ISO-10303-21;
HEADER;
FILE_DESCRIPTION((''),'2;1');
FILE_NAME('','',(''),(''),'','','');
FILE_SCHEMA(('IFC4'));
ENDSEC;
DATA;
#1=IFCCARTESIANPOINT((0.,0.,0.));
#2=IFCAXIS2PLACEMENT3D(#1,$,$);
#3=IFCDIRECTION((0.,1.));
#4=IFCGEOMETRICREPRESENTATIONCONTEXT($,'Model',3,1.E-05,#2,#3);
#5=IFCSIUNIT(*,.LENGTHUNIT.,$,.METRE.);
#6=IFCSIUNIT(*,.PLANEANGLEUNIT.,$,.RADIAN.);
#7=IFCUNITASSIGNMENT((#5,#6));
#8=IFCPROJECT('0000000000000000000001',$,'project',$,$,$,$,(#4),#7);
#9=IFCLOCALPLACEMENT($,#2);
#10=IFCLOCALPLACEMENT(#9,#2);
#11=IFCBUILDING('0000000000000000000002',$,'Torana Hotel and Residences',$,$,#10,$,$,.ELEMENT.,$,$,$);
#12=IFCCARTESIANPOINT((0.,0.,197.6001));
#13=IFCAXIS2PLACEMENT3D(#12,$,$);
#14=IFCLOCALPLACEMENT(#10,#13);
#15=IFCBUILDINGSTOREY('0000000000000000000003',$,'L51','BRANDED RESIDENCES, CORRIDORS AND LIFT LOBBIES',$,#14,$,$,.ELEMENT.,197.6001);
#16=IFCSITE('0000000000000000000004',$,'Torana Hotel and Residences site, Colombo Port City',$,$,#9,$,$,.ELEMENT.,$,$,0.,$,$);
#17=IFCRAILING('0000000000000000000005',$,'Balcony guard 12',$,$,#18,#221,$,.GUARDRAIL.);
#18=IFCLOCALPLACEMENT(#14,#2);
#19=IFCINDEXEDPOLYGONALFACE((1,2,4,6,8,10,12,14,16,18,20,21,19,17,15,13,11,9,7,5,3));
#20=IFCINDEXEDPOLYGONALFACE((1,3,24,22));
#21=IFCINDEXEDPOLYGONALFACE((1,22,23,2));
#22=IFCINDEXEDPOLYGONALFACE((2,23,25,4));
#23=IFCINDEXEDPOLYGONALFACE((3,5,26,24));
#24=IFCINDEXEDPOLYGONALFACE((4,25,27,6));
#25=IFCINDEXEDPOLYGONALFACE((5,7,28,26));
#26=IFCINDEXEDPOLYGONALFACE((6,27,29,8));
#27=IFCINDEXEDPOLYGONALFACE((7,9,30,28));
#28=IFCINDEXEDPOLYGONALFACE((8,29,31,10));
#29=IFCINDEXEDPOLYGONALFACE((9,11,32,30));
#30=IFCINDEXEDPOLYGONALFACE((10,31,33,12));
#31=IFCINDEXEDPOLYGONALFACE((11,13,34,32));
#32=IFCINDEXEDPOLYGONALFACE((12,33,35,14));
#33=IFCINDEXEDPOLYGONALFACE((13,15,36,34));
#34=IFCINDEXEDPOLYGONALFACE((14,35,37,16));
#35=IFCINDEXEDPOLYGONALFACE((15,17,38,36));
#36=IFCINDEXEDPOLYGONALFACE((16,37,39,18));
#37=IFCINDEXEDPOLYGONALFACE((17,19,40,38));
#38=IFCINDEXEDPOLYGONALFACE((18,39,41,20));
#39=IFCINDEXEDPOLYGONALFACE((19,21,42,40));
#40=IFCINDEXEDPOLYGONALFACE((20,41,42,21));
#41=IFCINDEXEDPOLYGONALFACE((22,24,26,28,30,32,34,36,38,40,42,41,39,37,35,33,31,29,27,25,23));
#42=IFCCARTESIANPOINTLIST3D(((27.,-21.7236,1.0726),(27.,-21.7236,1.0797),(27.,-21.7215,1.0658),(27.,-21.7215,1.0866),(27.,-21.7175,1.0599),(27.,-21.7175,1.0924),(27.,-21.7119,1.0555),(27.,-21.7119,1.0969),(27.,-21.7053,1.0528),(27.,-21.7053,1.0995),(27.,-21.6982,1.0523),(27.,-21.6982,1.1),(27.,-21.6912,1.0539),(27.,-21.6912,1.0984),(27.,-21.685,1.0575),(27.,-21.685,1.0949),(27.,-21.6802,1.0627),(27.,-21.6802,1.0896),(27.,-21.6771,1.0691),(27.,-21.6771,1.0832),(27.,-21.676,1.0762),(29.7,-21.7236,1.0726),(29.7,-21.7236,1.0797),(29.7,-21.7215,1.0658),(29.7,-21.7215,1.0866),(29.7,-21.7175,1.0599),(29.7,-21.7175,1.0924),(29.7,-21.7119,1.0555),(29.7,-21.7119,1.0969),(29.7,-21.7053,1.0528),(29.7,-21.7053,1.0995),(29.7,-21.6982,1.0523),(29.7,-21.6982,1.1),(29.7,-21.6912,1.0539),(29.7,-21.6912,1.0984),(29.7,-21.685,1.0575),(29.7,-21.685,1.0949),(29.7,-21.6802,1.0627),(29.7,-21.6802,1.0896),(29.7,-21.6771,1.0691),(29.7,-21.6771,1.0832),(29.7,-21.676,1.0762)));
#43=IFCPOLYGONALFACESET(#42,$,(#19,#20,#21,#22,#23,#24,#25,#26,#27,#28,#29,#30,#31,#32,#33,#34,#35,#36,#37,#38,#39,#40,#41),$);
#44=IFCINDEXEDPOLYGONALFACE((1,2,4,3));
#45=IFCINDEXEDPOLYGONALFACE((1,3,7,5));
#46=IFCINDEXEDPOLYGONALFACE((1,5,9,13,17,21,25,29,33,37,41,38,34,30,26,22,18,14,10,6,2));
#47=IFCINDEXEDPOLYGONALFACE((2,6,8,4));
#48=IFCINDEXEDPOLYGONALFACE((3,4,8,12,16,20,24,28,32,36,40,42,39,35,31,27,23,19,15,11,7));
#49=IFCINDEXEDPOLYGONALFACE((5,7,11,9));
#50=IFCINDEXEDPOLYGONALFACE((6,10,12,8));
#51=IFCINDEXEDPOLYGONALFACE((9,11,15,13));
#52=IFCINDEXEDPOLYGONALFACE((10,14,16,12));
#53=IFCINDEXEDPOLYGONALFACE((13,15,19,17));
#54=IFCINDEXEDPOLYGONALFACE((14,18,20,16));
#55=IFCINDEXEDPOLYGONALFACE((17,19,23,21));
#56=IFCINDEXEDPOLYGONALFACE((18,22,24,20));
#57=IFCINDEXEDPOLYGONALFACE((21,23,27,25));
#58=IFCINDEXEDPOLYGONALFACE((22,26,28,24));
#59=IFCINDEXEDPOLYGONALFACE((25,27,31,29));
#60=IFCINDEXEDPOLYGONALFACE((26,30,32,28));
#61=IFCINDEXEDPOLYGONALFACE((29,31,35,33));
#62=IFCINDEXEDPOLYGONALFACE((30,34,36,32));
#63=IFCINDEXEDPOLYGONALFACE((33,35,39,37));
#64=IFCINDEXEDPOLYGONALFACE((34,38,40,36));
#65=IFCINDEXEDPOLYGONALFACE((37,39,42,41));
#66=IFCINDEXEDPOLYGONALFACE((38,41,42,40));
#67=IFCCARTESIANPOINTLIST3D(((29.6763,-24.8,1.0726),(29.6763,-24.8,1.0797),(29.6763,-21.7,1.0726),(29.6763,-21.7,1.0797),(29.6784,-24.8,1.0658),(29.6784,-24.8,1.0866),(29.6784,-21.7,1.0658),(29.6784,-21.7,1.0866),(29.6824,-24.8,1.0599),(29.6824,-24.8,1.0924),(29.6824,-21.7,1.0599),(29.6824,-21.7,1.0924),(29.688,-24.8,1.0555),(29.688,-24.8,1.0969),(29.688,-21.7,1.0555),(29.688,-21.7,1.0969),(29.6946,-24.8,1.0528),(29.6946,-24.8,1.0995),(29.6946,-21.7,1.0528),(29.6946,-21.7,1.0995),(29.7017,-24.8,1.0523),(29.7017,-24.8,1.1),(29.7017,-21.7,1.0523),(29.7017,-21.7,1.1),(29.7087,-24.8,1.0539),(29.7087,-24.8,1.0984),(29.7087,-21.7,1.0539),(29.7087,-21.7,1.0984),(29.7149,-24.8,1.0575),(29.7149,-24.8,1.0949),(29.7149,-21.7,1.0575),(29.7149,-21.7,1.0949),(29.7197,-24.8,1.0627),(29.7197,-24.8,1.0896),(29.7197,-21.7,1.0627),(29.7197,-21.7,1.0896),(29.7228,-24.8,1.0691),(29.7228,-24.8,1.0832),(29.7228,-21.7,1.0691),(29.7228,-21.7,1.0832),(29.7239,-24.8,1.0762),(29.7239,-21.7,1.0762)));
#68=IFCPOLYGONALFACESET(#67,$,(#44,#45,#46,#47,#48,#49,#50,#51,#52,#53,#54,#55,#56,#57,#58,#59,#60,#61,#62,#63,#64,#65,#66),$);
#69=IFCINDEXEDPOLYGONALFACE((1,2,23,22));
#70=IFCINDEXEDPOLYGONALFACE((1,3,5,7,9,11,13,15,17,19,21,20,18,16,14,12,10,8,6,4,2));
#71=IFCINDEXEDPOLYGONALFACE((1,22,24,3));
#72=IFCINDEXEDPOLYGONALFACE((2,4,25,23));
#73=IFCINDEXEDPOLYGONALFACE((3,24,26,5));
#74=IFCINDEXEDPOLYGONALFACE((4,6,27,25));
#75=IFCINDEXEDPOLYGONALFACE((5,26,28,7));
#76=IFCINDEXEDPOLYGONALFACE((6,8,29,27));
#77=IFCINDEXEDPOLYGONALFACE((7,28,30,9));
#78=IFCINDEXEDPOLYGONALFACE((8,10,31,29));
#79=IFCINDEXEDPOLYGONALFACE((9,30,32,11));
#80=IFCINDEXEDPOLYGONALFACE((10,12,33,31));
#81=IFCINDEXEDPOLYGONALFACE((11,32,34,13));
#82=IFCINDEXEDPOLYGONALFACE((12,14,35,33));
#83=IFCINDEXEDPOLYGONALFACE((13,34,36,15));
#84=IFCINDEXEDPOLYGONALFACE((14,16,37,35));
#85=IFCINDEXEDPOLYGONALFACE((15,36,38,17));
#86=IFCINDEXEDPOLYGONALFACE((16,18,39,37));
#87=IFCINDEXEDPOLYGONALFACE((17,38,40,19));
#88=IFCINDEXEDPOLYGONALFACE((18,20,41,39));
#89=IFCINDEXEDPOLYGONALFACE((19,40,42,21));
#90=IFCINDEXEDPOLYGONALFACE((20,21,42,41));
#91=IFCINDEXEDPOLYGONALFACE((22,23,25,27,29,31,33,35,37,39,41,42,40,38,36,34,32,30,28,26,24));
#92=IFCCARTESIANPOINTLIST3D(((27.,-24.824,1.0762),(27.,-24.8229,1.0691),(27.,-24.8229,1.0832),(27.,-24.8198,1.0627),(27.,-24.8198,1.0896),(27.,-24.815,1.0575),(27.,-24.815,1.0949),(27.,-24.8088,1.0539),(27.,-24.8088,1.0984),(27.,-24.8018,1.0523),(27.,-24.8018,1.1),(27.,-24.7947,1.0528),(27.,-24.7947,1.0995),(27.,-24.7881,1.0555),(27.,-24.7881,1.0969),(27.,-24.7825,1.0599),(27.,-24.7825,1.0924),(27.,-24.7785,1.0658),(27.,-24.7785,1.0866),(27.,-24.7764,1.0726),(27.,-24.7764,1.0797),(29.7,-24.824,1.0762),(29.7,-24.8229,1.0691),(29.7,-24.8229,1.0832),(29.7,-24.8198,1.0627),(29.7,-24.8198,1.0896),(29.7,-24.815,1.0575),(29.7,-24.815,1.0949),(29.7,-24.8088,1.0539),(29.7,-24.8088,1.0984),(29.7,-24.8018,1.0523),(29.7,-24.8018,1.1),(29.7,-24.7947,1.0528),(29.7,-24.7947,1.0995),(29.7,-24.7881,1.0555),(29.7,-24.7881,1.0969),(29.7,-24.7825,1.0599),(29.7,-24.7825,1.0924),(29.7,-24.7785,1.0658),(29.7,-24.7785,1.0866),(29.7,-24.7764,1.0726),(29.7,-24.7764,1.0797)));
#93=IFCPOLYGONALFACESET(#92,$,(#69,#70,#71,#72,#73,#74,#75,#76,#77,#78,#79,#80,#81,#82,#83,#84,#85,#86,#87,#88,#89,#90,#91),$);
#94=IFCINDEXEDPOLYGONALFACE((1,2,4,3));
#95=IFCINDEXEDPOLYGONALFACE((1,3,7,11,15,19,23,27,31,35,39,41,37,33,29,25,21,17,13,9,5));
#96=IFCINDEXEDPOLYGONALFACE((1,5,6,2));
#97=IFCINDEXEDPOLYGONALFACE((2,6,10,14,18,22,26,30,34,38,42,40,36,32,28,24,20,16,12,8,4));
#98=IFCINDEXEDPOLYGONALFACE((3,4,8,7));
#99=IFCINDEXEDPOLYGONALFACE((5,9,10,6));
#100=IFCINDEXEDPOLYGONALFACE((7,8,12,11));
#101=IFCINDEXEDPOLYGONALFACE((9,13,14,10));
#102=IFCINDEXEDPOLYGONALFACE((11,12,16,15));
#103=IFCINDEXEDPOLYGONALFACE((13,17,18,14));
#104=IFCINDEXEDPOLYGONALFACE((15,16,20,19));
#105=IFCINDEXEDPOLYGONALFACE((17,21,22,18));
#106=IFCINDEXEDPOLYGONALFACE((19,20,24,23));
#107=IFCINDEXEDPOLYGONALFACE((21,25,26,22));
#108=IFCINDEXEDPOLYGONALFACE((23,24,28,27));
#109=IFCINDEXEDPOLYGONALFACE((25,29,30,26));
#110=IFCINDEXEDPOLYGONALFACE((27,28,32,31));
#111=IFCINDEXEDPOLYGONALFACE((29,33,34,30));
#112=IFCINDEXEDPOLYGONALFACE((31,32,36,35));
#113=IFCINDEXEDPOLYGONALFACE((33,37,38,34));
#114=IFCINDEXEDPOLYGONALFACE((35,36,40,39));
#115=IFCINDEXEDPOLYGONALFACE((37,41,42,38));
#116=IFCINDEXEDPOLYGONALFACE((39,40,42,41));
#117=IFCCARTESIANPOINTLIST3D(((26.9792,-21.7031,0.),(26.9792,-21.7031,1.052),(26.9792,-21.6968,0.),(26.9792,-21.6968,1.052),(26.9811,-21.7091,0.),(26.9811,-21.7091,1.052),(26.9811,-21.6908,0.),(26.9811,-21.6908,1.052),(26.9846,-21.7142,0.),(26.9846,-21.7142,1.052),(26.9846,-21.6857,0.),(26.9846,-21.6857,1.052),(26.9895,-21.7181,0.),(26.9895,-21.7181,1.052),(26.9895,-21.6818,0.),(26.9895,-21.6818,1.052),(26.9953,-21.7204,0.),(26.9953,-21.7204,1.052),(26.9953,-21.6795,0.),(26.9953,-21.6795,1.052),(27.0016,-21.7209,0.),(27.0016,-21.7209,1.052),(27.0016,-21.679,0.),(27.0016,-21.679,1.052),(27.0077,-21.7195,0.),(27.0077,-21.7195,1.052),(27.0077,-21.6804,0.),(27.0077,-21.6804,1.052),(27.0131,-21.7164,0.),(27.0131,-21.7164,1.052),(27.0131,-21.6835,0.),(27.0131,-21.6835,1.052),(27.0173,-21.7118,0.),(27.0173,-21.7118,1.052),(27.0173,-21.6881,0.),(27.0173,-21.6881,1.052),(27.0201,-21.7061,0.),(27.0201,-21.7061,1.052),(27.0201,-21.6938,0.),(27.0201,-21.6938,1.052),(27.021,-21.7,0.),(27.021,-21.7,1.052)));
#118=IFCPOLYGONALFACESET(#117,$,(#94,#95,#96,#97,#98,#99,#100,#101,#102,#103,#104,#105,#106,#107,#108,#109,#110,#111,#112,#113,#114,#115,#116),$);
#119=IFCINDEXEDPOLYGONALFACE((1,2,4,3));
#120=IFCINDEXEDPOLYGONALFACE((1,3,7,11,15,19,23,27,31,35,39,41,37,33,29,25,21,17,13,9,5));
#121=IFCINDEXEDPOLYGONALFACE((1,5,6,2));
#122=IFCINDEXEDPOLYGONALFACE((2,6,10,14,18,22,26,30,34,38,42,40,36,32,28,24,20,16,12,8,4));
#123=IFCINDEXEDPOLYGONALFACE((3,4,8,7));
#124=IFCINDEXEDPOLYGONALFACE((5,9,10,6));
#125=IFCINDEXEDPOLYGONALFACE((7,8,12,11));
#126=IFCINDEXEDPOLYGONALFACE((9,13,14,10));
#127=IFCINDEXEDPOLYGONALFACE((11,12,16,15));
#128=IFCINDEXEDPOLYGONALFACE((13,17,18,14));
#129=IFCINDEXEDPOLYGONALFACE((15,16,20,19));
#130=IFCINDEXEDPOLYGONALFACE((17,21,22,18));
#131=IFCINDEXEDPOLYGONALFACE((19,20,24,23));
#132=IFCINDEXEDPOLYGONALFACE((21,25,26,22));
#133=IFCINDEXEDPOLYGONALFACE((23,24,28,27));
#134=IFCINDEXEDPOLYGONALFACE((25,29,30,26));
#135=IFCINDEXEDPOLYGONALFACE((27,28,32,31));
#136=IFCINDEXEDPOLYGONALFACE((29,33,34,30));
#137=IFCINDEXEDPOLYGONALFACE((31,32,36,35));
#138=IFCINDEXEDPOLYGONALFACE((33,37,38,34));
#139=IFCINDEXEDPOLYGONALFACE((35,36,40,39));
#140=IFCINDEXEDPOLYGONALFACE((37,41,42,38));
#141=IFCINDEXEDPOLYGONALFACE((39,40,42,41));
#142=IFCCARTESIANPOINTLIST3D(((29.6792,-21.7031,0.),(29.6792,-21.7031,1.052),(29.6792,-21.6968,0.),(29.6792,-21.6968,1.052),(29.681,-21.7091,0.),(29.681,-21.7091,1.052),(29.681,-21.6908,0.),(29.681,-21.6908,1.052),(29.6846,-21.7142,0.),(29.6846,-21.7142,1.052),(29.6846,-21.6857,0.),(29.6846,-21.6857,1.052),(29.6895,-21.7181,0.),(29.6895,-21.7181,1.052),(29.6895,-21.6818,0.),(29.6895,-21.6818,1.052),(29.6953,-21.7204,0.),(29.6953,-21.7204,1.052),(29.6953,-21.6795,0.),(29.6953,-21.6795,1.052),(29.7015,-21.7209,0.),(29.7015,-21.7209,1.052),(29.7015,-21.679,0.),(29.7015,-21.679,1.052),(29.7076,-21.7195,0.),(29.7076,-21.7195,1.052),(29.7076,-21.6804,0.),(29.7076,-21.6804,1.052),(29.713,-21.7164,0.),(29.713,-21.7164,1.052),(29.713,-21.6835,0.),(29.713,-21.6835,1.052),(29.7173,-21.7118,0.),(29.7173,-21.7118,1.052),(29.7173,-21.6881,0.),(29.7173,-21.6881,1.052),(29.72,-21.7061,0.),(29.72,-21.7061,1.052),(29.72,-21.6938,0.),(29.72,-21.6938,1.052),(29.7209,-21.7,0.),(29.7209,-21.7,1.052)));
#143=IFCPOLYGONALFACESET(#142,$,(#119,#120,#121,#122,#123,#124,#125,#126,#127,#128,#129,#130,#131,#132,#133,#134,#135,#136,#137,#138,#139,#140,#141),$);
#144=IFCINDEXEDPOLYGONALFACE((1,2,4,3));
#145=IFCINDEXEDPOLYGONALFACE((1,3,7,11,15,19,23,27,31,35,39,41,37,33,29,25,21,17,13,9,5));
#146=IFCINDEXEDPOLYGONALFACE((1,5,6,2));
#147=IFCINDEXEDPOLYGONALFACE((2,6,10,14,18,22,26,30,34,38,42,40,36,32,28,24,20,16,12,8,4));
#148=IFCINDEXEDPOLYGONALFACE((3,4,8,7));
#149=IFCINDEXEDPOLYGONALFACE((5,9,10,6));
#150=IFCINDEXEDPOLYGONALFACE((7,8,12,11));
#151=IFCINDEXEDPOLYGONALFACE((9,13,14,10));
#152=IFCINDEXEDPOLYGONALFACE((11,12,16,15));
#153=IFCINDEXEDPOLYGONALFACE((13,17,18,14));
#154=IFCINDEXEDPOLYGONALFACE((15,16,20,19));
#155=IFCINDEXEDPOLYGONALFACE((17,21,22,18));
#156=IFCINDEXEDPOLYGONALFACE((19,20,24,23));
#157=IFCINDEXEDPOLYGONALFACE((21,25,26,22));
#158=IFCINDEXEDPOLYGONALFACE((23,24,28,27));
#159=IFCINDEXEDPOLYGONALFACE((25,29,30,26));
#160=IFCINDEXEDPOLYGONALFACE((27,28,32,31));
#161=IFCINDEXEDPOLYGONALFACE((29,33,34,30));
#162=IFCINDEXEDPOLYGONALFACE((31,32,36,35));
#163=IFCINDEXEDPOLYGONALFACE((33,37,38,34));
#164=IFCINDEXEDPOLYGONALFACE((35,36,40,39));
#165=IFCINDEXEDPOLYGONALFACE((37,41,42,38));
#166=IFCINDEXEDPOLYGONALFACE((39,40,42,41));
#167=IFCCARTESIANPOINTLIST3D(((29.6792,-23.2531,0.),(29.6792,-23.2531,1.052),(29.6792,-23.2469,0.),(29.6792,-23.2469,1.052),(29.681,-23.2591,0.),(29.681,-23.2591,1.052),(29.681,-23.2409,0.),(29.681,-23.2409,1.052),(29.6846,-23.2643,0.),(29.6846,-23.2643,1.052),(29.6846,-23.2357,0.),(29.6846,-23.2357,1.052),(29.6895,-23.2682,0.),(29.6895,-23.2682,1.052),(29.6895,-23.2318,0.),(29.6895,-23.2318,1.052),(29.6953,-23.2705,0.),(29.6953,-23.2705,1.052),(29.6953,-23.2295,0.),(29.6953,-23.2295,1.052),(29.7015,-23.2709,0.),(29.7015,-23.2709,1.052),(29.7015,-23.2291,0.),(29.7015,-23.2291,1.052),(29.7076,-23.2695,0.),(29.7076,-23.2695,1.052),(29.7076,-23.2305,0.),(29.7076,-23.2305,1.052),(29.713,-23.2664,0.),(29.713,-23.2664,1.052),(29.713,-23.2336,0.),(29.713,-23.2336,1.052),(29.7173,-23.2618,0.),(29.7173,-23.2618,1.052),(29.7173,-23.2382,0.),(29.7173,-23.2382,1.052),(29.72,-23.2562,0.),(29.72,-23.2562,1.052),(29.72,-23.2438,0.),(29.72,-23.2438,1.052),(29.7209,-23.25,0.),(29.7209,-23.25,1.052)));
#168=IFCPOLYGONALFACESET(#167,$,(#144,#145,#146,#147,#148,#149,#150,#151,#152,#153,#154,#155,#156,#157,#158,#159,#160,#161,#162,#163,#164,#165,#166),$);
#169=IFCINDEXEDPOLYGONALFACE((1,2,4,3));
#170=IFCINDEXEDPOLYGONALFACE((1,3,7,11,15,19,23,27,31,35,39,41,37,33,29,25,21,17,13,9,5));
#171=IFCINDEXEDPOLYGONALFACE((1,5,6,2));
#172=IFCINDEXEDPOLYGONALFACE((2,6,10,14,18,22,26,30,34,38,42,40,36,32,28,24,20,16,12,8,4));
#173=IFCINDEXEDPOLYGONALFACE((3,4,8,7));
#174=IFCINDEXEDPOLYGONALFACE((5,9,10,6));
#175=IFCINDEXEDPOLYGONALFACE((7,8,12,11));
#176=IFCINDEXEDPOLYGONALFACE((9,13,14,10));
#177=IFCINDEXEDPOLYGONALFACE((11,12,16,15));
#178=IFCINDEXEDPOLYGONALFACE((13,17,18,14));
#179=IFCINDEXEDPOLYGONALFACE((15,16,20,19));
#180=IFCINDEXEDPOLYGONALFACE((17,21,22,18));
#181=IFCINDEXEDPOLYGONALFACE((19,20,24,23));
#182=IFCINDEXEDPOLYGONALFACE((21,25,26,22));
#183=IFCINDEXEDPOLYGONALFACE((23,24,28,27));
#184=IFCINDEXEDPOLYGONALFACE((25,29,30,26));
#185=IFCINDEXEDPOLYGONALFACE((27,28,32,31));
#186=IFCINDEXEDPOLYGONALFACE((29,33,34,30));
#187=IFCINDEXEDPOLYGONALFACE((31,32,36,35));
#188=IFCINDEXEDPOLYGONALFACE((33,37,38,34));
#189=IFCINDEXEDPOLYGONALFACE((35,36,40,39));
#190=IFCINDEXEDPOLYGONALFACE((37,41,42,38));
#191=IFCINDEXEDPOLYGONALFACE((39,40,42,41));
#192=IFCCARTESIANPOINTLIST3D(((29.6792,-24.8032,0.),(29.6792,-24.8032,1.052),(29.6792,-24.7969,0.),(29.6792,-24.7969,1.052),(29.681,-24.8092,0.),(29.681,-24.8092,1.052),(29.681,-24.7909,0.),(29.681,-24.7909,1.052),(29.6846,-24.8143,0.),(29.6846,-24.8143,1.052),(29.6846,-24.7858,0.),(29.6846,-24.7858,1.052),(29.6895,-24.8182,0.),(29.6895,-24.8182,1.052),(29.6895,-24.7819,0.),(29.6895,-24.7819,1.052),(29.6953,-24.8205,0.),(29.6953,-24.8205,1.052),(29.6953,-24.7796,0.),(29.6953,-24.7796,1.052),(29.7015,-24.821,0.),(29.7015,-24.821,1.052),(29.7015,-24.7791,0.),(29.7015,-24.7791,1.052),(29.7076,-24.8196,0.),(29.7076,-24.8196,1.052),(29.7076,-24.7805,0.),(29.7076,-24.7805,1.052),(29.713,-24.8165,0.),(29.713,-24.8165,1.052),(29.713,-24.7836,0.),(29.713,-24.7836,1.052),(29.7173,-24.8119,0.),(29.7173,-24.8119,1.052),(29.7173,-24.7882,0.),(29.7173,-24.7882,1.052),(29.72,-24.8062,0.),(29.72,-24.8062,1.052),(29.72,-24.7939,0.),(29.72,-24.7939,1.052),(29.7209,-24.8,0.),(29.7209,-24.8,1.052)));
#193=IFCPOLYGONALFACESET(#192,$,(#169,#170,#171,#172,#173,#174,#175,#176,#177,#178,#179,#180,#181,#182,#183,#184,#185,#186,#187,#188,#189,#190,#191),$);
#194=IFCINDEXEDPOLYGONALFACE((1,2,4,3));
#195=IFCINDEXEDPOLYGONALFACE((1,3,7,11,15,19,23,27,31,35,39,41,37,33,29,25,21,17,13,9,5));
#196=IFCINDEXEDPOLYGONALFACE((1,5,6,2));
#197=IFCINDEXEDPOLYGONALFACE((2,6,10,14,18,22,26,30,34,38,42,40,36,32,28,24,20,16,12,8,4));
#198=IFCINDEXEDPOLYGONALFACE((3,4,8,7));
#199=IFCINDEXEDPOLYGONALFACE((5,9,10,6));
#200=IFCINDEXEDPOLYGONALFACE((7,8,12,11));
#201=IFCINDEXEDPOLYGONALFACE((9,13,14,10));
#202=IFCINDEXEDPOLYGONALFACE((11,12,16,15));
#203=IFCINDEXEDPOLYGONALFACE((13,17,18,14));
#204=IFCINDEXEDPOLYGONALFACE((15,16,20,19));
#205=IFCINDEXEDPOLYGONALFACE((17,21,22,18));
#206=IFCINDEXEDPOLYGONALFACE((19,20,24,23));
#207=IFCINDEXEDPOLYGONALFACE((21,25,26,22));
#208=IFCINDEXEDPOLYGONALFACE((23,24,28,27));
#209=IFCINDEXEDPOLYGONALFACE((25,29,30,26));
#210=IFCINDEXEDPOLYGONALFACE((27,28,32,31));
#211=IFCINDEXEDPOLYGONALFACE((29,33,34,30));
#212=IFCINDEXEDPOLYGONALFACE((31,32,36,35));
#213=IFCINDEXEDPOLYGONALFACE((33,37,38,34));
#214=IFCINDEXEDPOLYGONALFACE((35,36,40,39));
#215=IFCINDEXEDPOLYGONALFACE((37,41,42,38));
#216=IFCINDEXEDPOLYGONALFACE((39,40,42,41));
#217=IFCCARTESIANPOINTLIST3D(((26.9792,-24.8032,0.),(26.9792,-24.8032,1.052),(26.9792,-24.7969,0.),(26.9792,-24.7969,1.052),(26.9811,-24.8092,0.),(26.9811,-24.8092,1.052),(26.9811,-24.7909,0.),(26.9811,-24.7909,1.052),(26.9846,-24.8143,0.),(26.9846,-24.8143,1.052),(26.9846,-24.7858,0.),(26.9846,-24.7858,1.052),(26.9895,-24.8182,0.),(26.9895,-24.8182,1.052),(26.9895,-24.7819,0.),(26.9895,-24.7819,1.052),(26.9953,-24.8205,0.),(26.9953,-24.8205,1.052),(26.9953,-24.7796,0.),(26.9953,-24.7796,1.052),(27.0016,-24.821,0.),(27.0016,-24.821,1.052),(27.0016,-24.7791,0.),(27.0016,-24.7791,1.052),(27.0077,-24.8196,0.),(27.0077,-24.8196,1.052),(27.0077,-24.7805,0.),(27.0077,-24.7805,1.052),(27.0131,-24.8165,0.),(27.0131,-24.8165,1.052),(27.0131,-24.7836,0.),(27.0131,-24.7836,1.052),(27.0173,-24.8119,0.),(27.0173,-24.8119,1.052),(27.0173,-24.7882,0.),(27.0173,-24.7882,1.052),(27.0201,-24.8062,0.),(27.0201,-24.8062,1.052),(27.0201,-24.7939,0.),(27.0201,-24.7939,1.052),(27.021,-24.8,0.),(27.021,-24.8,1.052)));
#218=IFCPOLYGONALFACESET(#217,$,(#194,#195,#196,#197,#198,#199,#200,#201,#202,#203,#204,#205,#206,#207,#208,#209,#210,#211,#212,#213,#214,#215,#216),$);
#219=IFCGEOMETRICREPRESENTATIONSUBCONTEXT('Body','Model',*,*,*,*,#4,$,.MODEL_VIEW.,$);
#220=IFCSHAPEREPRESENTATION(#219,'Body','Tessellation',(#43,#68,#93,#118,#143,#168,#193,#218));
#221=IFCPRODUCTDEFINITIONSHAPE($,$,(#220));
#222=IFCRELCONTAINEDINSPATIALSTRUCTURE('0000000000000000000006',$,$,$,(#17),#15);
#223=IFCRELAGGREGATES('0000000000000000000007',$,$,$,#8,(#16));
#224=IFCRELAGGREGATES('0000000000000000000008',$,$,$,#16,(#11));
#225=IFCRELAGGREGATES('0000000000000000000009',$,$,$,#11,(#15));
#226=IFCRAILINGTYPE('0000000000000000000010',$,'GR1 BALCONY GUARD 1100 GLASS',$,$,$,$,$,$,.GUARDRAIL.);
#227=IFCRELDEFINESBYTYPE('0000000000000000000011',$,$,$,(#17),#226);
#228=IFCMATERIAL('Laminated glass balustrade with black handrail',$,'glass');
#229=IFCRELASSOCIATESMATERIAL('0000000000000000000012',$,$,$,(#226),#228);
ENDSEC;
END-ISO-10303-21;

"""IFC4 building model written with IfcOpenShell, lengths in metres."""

from ifc_helpers import new_model, si_unit, direction, frame, origin, origin_2d, place, context, subcontext, project, spatial, circle, extrude, material, type_object, element, save


model = new_model("IFC4")

# Units and contexts
model_context = context("Model", 3, precision=1e-05, world=origin(), true_north=direction((0.0, 1.0)))
body_context = subcontext(model_context, "Body", "Model", "MODEL_VIEW")
ifc_project = project(units=[si_unit("LENGTHUNIT", "METRE"), si_unit("PLANEANGLEUNIT", "RADIAN")], contexts=[model_context])

# Site, building, storey
site_placement = place(None, origin())
site = spatial("IfcSite", under=ifc_project, at=site_placement, Name="Torana Hotel and Residences site, Colombo Port City", CompositionType="ELEMENT", RefElevation=0.0)
building_placement = place(site_placement, origin())
building = spatial("IfcBuilding", under=site, at=building_placement, Name="Torana Hotel and Residences", CompositionType="ELEMENT")
storey_placement = place(building_placement, frame((0.0, 0.0, 197.6001)))
storey = spatial("IfcBuildingStorey", under=building, at=storey_placement, Name="L51", Description="BRANDED RESIDENCES, CORRIDORS AND LIFT LOBBIES", CompositionType="ELEMENT", Elevation=197.6001)

# Railing
ifc_material_1 = material(Name="Laminated glass balustrade with black handrail", Category="glass")
railing_type = type_object("IfcRailingType", Name="GR1 BALCONY GUARD 1100 GLASS", PredefinedType="GUARDRAIL", material=ifc_material_1)
railing_1_placement = place(storey_placement, frame((27.0, -21.7, 0.0)))
element("IfcRailing", 1, at=railing_1_placement, inside=storey, type_object=railing_type, Name="Balcony guard 12", PredefinedType="GUARDRAIL", context=body_context, shape_type="SweptSolid", body=[
    extrude(circle(Radius=0.0239, at=origin_2d()), frame((0.0, 0.0, 1.0762), z_axis=(1.0, 0.0, 0.0), x_axis=(0.0, 1.0, 0.0)), (0.0, 0.0, 1.0), 2.7),
    extrude(circle(Radius=0.0239, at=origin_2d()), frame((2.7, 0.0, 1.0762), z_axis=(0.0, -1.0, 0.0), x_axis=(1.0, 0.0, 0.0)), (0.0, 0.0, 1.0), 3.1001),
    extrude(circle(Radius=0.0239, at=origin_2d()), frame((2.7, -3.1001, 1.0762), z_axis=(-1.0, 0.0, 0.0), x_axis=(0.0, -1.0, 0.0)), (0.0, 0.0, 1.0), 2.7),
    extrude(circle(Radius=0.021, at=origin_2d()), origin(), (0.0, 0.0, 1.0), 1.052),
    extrude(circle(Radius=0.021, at=origin_2d()), frame((2.7, 0.0, 0.0)), (0.0, 0.0, 1.0), 1.052),
    extrude(circle(Radius=0.021, at=origin_2d()), frame((2.7, -1.55, 0.0)), (0.0, 0.0, 1.0), 1.052),
    extrude(circle(Radius=0.021, at=origin_2d()), frame((2.7, -3.1001, 0.0)), (0.0, 0.0, 1.0), 1.052),
    extrude(circle(Radius=0.021, at=origin_2d()), frame((0.0, -3.1001, 0.0)), (0.0, 0.0, 1.0), 1.052),
])

save(model, "model.ifc")
